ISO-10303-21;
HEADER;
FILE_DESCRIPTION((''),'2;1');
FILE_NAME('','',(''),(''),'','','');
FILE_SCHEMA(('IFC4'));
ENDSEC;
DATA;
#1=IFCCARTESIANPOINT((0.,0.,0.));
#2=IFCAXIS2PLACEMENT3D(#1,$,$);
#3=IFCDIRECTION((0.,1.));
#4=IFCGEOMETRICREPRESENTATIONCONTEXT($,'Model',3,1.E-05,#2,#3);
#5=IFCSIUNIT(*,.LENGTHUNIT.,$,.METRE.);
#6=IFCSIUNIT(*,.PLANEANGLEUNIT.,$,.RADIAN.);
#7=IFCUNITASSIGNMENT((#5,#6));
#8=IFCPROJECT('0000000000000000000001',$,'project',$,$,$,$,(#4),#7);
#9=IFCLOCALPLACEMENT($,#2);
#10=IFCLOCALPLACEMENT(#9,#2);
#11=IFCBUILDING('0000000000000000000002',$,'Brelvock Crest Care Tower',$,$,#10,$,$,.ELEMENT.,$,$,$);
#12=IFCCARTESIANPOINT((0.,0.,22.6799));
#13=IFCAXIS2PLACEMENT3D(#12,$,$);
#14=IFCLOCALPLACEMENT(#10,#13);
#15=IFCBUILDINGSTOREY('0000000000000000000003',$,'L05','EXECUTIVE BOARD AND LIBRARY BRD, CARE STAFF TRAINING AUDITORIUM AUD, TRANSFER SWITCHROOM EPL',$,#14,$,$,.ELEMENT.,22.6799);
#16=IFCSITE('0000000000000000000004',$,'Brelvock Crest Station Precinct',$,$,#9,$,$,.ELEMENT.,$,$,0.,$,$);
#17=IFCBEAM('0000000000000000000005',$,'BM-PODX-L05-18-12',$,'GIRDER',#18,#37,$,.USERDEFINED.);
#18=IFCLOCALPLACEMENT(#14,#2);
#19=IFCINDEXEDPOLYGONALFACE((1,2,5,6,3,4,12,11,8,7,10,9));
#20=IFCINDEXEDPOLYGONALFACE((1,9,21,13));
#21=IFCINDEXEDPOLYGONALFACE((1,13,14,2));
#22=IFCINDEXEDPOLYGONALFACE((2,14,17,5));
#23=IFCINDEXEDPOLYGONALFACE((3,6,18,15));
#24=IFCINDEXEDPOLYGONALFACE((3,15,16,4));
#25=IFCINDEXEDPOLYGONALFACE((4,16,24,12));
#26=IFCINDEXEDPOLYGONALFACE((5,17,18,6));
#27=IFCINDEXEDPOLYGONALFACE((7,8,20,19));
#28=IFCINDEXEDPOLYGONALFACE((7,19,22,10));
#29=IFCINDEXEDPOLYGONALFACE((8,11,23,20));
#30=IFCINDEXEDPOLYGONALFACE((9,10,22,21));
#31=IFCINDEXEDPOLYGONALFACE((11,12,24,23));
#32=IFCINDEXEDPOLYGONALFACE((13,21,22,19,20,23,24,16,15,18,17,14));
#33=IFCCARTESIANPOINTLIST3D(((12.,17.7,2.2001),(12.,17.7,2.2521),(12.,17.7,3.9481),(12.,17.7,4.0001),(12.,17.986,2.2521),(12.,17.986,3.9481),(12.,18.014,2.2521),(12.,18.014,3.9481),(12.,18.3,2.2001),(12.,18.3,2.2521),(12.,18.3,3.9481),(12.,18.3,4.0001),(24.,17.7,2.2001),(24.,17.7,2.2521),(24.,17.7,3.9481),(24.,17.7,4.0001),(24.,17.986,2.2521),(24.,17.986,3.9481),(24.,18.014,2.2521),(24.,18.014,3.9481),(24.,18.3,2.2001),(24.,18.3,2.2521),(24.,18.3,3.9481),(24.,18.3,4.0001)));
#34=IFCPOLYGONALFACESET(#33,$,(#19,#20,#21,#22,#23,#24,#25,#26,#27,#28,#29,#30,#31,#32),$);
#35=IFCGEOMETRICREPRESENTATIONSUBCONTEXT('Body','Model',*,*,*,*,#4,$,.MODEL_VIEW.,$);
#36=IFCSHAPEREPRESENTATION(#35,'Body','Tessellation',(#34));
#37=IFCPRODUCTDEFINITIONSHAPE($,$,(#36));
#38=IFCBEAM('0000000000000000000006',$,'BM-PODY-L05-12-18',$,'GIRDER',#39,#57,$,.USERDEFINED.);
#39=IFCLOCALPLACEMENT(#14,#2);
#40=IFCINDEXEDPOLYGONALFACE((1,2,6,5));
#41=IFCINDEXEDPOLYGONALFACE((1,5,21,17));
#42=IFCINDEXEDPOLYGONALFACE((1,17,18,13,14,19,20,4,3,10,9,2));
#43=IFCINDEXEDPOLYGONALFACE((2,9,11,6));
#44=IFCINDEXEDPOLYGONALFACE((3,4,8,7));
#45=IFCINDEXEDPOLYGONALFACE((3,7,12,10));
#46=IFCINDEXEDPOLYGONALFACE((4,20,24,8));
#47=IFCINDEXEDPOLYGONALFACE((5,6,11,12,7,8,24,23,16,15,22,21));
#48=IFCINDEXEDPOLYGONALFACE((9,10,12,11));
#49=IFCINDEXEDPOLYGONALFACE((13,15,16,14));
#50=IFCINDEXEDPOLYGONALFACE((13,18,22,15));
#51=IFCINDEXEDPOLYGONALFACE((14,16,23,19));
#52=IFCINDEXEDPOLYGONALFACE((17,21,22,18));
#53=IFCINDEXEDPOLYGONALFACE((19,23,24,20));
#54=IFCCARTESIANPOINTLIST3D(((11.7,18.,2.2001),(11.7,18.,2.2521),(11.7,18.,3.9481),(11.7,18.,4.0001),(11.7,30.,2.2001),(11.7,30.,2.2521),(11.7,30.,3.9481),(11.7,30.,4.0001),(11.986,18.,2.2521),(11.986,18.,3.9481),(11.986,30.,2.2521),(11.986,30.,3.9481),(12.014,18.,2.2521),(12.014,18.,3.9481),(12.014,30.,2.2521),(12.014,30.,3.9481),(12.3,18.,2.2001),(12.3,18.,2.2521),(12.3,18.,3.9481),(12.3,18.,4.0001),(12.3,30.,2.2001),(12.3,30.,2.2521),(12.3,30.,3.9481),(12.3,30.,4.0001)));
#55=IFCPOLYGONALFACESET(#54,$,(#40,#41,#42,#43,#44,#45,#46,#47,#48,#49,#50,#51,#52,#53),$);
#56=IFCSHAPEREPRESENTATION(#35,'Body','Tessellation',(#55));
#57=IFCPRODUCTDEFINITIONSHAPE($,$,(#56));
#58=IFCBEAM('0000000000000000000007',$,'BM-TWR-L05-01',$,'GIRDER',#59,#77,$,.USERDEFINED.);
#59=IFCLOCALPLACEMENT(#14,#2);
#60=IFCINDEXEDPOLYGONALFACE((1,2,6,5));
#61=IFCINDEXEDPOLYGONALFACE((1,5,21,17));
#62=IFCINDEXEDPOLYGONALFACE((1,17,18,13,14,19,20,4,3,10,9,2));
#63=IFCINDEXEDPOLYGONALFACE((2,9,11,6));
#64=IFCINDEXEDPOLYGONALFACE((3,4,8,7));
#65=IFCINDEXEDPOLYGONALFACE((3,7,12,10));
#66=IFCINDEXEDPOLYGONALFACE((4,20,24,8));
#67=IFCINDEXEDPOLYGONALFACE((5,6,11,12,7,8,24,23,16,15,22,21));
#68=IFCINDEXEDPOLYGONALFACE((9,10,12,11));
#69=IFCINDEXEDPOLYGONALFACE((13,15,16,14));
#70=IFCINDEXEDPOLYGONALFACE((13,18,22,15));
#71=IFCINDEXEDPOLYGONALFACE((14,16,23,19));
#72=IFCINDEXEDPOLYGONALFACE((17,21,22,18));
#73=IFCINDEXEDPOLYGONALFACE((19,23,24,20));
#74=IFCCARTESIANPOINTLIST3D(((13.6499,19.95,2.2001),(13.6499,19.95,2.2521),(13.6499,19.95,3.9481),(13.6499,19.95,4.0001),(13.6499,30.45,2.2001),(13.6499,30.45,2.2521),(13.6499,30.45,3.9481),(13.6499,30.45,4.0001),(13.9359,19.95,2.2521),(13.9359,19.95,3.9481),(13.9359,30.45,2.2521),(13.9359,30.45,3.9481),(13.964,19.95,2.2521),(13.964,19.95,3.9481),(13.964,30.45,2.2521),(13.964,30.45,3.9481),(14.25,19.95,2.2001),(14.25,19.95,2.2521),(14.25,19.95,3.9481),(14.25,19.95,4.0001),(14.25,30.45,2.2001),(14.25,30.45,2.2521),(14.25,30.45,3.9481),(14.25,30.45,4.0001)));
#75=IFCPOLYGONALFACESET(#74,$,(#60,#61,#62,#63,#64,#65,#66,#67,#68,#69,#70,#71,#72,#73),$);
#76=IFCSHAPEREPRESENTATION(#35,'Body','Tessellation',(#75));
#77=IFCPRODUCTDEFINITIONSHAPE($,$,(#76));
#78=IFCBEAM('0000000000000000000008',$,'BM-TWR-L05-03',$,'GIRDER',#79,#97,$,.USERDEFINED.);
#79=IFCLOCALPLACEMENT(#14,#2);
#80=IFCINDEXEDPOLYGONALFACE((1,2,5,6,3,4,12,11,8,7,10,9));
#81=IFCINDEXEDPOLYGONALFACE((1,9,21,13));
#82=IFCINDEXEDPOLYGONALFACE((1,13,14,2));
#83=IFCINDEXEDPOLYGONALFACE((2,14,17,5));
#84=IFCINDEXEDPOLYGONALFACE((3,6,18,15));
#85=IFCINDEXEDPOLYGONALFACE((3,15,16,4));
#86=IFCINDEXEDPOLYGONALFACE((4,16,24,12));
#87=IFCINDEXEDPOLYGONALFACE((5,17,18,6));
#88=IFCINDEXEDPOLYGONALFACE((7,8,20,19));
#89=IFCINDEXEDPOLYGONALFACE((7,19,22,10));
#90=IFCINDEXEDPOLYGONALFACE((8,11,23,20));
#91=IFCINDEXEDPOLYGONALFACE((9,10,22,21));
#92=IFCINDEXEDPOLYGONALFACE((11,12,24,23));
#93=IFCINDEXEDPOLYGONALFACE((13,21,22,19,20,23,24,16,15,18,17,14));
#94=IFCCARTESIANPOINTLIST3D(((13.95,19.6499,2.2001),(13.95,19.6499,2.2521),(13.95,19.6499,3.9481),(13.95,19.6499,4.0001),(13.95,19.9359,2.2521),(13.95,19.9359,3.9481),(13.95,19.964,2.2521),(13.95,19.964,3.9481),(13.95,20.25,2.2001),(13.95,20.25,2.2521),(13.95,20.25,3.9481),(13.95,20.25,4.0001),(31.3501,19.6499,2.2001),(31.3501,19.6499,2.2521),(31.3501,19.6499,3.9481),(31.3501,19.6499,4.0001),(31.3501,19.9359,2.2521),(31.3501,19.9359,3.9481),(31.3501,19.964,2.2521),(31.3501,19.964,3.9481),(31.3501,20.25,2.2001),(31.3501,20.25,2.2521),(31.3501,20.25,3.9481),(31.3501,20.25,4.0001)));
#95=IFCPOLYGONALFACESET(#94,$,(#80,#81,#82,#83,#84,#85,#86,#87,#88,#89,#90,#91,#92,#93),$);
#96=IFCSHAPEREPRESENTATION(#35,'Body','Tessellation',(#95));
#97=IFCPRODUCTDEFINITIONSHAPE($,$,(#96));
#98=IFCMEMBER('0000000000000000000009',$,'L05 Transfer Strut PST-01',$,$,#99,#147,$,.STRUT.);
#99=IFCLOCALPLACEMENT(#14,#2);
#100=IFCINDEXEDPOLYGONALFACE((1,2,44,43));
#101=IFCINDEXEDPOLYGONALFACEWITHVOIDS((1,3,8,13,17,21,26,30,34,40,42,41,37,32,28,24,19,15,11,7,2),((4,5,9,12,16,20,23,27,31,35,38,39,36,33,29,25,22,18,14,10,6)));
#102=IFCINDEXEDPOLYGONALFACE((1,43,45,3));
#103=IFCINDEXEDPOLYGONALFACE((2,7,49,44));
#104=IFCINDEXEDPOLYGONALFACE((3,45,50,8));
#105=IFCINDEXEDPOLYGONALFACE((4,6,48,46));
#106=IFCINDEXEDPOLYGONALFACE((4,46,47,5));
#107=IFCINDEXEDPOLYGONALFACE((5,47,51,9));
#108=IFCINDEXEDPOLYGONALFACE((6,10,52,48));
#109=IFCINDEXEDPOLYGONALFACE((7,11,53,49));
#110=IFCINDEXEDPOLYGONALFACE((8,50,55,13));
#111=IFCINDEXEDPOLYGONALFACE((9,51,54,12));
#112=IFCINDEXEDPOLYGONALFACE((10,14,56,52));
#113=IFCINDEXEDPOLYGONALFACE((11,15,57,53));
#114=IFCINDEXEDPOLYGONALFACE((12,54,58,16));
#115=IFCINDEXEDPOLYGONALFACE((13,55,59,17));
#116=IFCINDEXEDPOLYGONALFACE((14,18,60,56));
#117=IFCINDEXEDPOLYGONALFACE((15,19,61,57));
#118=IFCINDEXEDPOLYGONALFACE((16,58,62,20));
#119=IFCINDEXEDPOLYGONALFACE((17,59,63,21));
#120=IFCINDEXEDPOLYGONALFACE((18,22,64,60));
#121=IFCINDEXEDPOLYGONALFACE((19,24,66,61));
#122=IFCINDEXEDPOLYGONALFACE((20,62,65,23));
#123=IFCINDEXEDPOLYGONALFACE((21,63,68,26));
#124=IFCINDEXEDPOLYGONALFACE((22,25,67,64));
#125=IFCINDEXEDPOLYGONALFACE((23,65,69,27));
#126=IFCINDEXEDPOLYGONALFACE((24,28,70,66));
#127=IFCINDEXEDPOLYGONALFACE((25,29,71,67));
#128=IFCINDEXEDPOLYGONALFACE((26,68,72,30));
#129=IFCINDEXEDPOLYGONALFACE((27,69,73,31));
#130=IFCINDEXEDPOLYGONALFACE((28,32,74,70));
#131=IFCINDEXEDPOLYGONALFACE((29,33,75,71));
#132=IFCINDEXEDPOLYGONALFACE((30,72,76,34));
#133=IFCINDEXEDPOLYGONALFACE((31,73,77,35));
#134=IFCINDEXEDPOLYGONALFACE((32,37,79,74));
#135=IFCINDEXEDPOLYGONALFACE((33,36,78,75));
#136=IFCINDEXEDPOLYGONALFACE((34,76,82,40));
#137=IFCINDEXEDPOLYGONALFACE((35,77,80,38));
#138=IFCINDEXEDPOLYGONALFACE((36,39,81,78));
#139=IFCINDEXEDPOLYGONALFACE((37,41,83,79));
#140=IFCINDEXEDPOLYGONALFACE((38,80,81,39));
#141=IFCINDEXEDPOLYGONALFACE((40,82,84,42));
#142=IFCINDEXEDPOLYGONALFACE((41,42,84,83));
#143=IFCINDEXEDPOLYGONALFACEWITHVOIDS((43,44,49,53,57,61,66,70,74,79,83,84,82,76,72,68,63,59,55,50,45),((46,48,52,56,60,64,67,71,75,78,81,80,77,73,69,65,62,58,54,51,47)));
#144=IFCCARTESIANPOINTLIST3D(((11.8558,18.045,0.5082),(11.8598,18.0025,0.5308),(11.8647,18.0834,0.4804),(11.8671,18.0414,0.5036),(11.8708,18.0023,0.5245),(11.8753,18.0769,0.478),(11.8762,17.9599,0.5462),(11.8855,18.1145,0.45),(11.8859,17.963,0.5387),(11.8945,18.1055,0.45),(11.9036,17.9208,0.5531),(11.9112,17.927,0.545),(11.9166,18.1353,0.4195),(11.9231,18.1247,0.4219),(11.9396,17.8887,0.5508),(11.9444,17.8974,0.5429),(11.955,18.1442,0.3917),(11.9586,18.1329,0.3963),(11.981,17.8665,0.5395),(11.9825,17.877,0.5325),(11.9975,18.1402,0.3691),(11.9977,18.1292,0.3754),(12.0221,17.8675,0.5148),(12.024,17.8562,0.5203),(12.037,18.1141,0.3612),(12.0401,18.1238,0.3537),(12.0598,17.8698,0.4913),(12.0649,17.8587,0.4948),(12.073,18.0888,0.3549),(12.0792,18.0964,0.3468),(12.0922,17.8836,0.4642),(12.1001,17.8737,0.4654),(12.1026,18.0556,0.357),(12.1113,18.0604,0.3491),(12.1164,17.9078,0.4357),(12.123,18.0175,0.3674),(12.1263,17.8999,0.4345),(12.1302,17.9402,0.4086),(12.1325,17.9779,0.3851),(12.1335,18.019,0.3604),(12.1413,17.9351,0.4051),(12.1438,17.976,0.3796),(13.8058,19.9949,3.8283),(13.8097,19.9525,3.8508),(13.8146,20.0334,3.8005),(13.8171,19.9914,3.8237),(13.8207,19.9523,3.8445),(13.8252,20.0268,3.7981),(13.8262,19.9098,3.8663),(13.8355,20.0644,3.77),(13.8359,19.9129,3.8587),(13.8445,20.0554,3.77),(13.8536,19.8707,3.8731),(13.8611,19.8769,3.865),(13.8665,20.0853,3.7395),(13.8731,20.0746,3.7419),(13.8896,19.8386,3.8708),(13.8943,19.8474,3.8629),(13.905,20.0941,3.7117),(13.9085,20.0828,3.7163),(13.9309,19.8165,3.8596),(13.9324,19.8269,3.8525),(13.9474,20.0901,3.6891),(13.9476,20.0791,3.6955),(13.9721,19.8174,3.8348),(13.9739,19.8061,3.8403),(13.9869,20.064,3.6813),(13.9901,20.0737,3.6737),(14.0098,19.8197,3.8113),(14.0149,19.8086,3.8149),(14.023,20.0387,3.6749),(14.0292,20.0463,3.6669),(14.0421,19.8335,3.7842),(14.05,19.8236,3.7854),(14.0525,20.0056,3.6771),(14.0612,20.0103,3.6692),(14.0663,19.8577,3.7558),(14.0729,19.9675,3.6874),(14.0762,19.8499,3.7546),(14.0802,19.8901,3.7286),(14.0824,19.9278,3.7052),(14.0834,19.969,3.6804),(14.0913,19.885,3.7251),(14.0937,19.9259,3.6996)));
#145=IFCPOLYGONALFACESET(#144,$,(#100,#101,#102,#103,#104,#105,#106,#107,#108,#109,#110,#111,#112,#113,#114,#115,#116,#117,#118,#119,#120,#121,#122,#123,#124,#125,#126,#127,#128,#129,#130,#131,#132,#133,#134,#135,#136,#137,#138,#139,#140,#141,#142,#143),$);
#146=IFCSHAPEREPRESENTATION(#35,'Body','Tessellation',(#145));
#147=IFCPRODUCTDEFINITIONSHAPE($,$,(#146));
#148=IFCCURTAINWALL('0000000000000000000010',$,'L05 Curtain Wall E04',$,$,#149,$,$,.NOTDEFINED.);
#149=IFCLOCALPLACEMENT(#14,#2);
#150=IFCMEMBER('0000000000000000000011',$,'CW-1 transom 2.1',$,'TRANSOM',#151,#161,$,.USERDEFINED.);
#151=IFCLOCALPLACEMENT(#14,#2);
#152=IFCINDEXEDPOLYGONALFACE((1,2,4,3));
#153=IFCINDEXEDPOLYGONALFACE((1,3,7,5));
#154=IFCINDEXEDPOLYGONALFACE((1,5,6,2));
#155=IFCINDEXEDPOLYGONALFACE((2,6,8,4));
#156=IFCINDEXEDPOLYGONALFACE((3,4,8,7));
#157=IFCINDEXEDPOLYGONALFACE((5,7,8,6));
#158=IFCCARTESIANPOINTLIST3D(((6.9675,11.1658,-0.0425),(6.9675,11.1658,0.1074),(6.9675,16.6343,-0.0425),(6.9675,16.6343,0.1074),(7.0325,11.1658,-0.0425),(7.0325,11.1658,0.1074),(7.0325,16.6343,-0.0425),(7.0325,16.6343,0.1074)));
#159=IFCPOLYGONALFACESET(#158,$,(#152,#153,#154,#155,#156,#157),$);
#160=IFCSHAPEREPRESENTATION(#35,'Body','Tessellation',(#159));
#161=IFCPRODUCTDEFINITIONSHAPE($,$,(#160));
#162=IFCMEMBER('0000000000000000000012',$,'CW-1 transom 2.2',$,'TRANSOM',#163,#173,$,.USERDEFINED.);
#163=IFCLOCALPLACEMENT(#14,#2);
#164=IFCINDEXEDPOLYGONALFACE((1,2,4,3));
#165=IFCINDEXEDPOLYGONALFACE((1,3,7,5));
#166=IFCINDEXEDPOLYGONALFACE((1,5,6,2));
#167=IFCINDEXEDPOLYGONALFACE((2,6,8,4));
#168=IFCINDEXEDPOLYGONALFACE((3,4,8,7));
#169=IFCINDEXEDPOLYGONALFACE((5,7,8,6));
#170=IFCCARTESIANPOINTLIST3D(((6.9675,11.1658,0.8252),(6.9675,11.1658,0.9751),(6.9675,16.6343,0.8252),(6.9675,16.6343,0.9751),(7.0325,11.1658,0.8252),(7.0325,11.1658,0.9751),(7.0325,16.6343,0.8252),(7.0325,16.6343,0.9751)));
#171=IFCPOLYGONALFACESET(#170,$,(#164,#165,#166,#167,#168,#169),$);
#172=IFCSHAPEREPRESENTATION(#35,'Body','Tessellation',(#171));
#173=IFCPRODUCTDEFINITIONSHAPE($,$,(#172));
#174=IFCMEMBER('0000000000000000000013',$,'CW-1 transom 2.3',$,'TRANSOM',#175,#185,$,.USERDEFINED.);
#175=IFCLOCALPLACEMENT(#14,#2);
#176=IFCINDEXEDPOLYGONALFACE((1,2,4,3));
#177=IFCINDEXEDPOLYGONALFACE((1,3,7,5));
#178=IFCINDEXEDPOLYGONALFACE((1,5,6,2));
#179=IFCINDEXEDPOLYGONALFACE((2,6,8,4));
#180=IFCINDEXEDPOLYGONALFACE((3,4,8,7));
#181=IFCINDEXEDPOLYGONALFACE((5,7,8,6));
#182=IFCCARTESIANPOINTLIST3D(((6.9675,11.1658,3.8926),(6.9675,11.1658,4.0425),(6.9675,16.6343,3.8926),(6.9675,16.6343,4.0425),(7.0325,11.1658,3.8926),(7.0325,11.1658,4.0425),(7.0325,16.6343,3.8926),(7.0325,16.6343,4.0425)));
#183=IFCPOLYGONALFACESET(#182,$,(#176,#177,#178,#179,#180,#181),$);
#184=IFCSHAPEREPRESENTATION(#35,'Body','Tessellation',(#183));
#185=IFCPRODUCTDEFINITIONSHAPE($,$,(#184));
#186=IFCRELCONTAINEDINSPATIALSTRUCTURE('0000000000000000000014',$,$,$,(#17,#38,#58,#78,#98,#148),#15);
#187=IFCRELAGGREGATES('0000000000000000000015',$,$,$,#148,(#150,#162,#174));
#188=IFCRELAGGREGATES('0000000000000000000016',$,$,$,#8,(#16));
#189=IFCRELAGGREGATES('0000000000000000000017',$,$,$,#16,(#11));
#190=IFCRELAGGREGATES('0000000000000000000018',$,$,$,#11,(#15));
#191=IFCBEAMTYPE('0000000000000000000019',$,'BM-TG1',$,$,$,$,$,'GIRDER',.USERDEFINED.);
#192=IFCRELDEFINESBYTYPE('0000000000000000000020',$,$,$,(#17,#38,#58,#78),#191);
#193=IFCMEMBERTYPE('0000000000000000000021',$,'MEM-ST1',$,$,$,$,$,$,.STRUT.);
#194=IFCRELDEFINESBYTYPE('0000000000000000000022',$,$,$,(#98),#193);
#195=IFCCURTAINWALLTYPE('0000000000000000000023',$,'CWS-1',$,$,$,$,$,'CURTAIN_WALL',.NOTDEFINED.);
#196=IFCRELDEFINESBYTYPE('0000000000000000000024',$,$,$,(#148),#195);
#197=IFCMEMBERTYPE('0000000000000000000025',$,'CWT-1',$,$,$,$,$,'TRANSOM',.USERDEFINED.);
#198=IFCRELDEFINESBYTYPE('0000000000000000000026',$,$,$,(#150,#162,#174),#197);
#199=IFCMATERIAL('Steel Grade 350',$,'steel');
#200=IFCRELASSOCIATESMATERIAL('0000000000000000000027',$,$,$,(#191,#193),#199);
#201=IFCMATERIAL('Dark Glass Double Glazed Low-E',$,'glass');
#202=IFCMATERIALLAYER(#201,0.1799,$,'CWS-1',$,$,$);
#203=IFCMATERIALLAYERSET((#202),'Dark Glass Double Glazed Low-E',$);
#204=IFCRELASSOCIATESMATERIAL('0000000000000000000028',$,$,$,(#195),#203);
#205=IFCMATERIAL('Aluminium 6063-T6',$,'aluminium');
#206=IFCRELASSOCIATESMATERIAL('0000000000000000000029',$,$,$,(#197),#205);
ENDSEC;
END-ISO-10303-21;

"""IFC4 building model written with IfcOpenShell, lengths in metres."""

from ifc_helpers import new_model, si_unit, direction, frame, origin, origin_2d, place, context, subcontext, project, spatial, rectangle, hollow_circle, i_section, extrude, source, transform, mapped, material, layer, layer_set, material_profile, profile_set, type_object, element, aggregate, save


model = new_model("IFC4")

# Units and contexts
model_context = context("Model", 3, precision=1e-05, world=origin(), true_north=direction((0.0, 1.0)))
body_context = subcontext(model_context, "Body", "Model", "MODEL_VIEW")
ifc_project = project(units=[si_unit("LENGTHUNIT", "METRE"), si_unit("PLANEANGLEUNIT", "RADIAN")], contexts=[model_context])

# Site, building, storey
site_placement = place(None, origin())
site = spatial("IfcSite", under=ifc_project, at=site_placement, Name="Brelvock Crest Station Precinct", CompositionType="ELEMENT", RefElevation=0.0)
building_placement = place(site_placement, origin())
building = spatial("IfcBuilding", under=site, at=building_placement, Name="Brelvock Crest Care Tower", CompositionType="ELEMENT")
storey_placement = place(building_placement, frame((0.0, 0.0, 22.6799)))
storey = spatial("IfcBuildingStorey", under=building, at=storey_placement, Name="L05", Description="EXECUTIVE BOARD AND LIBRARY BRD, CARE STAFF TRAINING AUDITORIUM AUD, TRANSFER SWITCHROOM EPL", CompositionType="ELEMENT", Elevation=22.6799)

# Shared definitions
ifc_material_1 = material(Name="Steel Grade 350", Category="steel")

# Beams
ifc_material_profile_1 = material_profile(ifc_material_1, i_section(OverallWidth=0.6001, OverallDepth=1.8, WebThickness=0.0281, FlangeThickness=0.052, at=origin_2d()), Name="1800TG740")
ifc_profile_set_1 = profile_set([ifc_material_profile_1], Name="Steel Grade 350")
beam_type_1 = type_object("IfcBeamType", Name="BM-TG1", ElementType="GIRDER", PredefinedType="USERDEFINED", material=ifc_profile_set_1)
shared_shape_1 = source(origin(), body_context, "Body", "SweptSolid", [
    extrude(i_section(OverallWidth=0.6001, OverallDepth=1.8, WebThickness=0.0281, FlangeThickness=0.052, at=origin_2d()), origin(), (0.0, 0.0, 1.0), 12.0),
])
for number, where, z_axis, x_axis, name in (
    (1, (12.0, 18.0, 3.1001), (1.0, 0.0, 0.0), (0.0, 1.0, 0.0), "BM-PODX-L05-18-12"),
    (2, (12.0, 18.0, 3.1001), (0.0, 1.0, 0.0), (-1.0, 0.0, 0.0), "BM-PODY-L05-12-18"),
):
    element("IfcBeam", number, at=place(storey_placement, frame(where, z_axis=z_axis, x_axis=x_axis)), inside=storey, type_object=beam_type_1, Name=name, ObjectType="GIRDER", PredefinedType="USERDEFINED", context=body_context, shape_type="MappedRepresentation", body=[
        mapped(shared_shape_1, transform((0.0, 0.0, 0.0), x_axis=(1.0, 0.0, 0.0), y_axis=(0.0, 1.0, 0.0), z_axis=(0.0, 0.0, 1.0), scale=1.0)),
    ])
shared_shape_2 = source(origin(), body_context, "Body", "SweptSolid", [
    extrude(i_section(OverallWidth=0.6001, OverallDepth=1.8, WebThickness=0.0281, FlangeThickness=0.052, at=origin_2d()), origin(), (0.0, 0.0, 1.0), 10.5),
])
beam_1_placement = place(storey_placement, frame((13.95, 19.95, 3.1001), z_axis=(0.0, 1.0, 0.0), x_axis=(-1.0, 0.0, 0.0)))
element("IfcBeam", 3, at=beam_1_placement, inside=storey, type_object=beam_type_1, Name="BM-TWR-L05-01", ObjectType="GIRDER", PredefinedType="USERDEFINED", context=body_context, shape_type="MappedRepresentation", body=[
    mapped(shared_shape_2, transform((0.0, 0.0, 0.0), x_axis=(1.0, 0.0, 0.0), y_axis=(0.0, 1.0, 0.0), z_axis=(0.0, 0.0, 1.0), scale=1.0)),
])
shared_shape_3 = source(origin(), body_context, "Body", "SweptSolid", [
    extrude(i_section(OverallWidth=0.6001, OverallDepth=1.8, WebThickness=0.0281, FlangeThickness=0.052, at=origin_2d()), origin(), (0.0, 0.0, 1.0), 17.4001),
])
beam_2_placement = place(storey_placement, frame((13.95, 19.95, 3.1001), z_axis=(1.0, 0.0, 0.0), x_axis=(0.0, 1.0, 0.0)))
element("IfcBeam", 4, at=beam_2_placement, inside=storey, type_object=beam_type_1, Name="BM-TWR-L05-03", ObjectType="GIRDER", PredefinedType="USERDEFINED", context=body_context, shape_type="MappedRepresentation", body=[
    mapped(shared_shape_3, transform((0.0, 0.0, 0.0), x_axis=(1.0, 0.0, 0.0), y_axis=(0.0, 1.0, 0.0), z_axis=(0.0, 0.0, 1.0), scale=1.0)),
])

# Member
ifc_material_profile_2 = material_profile(ifc_material_1, hollow_circle(Radius=0.1619, WallThickness=0.0127, at=origin_2d()), Name="CHS323.9x12.7")
ifc_profile_set_2 = profile_set([ifc_material_profile_2], Name="Steel Grade 350")
member_type_1 = type_object("IfcMemberType", Name="MEM-ST1", PredefinedType="STRUT", material=ifc_profile_set_2)
shared_shape_4 = source(origin(), body_context, "Body", "SweptSolid", [
    extrude(hollow_circle(Radius=0.1619, WallThickness=0.0127, at=origin_2d()), origin(), (0.0, 0.0, 1.0), 4.3159),
])
member_1_placement = place(storey_placement, frame((12.0, 18.0, 0.45), z_axis=(0.451801, 0.451801, 0.769255), x_axis=(-0.707107, 0.707107, 0.0)))
element("IfcMember", 5, at=member_1_placement, inside=storey, type_object=member_type_1, Name="L05 Transfer Strut PST-01", PredefinedType="STRUT", context=body_context, shape_type="MappedRepresentation", body=[
    mapped(shared_shape_4, transform((0.0, 0.0, 0.0), x_axis=(1.0, 0.0, 0.0), y_axis=(0.0, 1.0, 0.0), z_axis=(0.0, 0.0, 1.0), scale=1.0)),
])

# Curtain wall, members
ifc_material_2 = material(Name="Dark Glass Double Glazed Low-E", Category="glass")
ifc_layer_1 = layer(ifc_material_2, 0.1799, Name="CWS-1")
ifc_layer_set_1 = layer_set([ifc_layer_1], Name="Dark Glass Double Glazed Low-E")
curtain_wall_type = type_object("IfcCurtainWallType", Name="CWS-1", ElementType="CURTAIN_WALL", PredefinedType="NOTDEFINED", material=ifc_layer_set_1)
curtain_wall_placement = place(storey_placement, origin())
curtain_wall = element("IfcCurtainWall", 6, at=curtain_wall_placement, inside=storey, type_object=curtain_wall_type, Name="L05 Curtain Wall E04", PredefinedType="NOTDEFINED")
ifc_material_3 = material(Name="Aluminium 6063-T6", Category="aluminium")
ifc_material_profile_3 = material_profile(ifc_material_3, rectangle(XDim=0.0649, YDim=0.1499, at=origin_2d()), Name="ALU65x150")
ifc_profile_set_3 = profile_set([ifc_material_profile_3], Name="Aluminium 6063-T6")
member_type_2 = type_object("IfcMemberType", Name="CWT-1", ElementType="TRANSOM", PredefinedType="USERDEFINED", material=ifc_profile_set_3)
shared_shape_5 = source(origin(), body_context, "Body", "SweptSolid", [
    extrude(rectangle(XDim=0.0649, YDim=0.1499, at=origin_2d()), origin(), (0.0, 0.0, 1.0), 5.4685),
])
member_2_placement = place(storey_placement, frame((7.0, 11.1658, 0.0325), z_axis=(0.0, 1.0, 0.0), x_axis=(-1.0, 0.0, 0.0)))
member_2 = element("IfcMember", 7, at=member_2_placement, type_object=member_type_2, Name="CW-1 transom 2.1", ObjectType="TRANSOM", PredefinedType="USERDEFINED", context=body_context, shape_type="MappedRepresentation", body=[
    mapped(shared_shape_5, transform((0.0, 0.0, 0.0), x_axis=(1.0, 0.0, 0.0), y_axis=(0.0, 1.0, 0.0), z_axis=(0.0, 0.0, 1.0), scale=1.0)),
])
member_3_placement = place(storey_placement, frame((7.0, 11.1658, 0.9001), z_axis=(0.0, 1.0, 0.0), x_axis=(-1.0, 0.0, 0.0)))
member_3 = element("IfcMember", 8, at=member_3_placement, type_object=member_type_2, Name="CW-1 transom 2.2", ObjectType="TRANSOM", PredefinedType="USERDEFINED", context=body_context, shape_type="MappedRepresentation", body=[
    mapped(shared_shape_5, transform((0.0, 0.0, 0.0), x_axis=(1.0, 0.0, 0.0), y_axis=(0.0, 1.0, 0.0), z_axis=(0.0, 0.0, 1.0), scale=1.0)),
])
member_4_placement = place(storey_placement, frame((7.0, 11.1658, 3.9675), z_axis=(0.0, 1.0, 0.0), x_axis=(-1.0, 0.0, 0.0)))
member_4 = element("IfcMember", 9, at=member_4_placement, type_object=member_type_2, Name="CW-1 transom 2.3", ObjectType="TRANSOM", PredefinedType="USERDEFINED", context=body_context, shape_type="MappedRepresentation", body=[
    mapped(shared_shape_5, transform((0.0, 0.0, 0.0), x_axis=(1.0, 0.0, 0.0), y_axis=(0.0, 1.0, 0.0), z_axis=(0.0, 0.0, 1.0), scale=1.0)),
])

aggregate(curtain_wall, [member_2, member_3, member_4])

save(model, "model.ifc")
